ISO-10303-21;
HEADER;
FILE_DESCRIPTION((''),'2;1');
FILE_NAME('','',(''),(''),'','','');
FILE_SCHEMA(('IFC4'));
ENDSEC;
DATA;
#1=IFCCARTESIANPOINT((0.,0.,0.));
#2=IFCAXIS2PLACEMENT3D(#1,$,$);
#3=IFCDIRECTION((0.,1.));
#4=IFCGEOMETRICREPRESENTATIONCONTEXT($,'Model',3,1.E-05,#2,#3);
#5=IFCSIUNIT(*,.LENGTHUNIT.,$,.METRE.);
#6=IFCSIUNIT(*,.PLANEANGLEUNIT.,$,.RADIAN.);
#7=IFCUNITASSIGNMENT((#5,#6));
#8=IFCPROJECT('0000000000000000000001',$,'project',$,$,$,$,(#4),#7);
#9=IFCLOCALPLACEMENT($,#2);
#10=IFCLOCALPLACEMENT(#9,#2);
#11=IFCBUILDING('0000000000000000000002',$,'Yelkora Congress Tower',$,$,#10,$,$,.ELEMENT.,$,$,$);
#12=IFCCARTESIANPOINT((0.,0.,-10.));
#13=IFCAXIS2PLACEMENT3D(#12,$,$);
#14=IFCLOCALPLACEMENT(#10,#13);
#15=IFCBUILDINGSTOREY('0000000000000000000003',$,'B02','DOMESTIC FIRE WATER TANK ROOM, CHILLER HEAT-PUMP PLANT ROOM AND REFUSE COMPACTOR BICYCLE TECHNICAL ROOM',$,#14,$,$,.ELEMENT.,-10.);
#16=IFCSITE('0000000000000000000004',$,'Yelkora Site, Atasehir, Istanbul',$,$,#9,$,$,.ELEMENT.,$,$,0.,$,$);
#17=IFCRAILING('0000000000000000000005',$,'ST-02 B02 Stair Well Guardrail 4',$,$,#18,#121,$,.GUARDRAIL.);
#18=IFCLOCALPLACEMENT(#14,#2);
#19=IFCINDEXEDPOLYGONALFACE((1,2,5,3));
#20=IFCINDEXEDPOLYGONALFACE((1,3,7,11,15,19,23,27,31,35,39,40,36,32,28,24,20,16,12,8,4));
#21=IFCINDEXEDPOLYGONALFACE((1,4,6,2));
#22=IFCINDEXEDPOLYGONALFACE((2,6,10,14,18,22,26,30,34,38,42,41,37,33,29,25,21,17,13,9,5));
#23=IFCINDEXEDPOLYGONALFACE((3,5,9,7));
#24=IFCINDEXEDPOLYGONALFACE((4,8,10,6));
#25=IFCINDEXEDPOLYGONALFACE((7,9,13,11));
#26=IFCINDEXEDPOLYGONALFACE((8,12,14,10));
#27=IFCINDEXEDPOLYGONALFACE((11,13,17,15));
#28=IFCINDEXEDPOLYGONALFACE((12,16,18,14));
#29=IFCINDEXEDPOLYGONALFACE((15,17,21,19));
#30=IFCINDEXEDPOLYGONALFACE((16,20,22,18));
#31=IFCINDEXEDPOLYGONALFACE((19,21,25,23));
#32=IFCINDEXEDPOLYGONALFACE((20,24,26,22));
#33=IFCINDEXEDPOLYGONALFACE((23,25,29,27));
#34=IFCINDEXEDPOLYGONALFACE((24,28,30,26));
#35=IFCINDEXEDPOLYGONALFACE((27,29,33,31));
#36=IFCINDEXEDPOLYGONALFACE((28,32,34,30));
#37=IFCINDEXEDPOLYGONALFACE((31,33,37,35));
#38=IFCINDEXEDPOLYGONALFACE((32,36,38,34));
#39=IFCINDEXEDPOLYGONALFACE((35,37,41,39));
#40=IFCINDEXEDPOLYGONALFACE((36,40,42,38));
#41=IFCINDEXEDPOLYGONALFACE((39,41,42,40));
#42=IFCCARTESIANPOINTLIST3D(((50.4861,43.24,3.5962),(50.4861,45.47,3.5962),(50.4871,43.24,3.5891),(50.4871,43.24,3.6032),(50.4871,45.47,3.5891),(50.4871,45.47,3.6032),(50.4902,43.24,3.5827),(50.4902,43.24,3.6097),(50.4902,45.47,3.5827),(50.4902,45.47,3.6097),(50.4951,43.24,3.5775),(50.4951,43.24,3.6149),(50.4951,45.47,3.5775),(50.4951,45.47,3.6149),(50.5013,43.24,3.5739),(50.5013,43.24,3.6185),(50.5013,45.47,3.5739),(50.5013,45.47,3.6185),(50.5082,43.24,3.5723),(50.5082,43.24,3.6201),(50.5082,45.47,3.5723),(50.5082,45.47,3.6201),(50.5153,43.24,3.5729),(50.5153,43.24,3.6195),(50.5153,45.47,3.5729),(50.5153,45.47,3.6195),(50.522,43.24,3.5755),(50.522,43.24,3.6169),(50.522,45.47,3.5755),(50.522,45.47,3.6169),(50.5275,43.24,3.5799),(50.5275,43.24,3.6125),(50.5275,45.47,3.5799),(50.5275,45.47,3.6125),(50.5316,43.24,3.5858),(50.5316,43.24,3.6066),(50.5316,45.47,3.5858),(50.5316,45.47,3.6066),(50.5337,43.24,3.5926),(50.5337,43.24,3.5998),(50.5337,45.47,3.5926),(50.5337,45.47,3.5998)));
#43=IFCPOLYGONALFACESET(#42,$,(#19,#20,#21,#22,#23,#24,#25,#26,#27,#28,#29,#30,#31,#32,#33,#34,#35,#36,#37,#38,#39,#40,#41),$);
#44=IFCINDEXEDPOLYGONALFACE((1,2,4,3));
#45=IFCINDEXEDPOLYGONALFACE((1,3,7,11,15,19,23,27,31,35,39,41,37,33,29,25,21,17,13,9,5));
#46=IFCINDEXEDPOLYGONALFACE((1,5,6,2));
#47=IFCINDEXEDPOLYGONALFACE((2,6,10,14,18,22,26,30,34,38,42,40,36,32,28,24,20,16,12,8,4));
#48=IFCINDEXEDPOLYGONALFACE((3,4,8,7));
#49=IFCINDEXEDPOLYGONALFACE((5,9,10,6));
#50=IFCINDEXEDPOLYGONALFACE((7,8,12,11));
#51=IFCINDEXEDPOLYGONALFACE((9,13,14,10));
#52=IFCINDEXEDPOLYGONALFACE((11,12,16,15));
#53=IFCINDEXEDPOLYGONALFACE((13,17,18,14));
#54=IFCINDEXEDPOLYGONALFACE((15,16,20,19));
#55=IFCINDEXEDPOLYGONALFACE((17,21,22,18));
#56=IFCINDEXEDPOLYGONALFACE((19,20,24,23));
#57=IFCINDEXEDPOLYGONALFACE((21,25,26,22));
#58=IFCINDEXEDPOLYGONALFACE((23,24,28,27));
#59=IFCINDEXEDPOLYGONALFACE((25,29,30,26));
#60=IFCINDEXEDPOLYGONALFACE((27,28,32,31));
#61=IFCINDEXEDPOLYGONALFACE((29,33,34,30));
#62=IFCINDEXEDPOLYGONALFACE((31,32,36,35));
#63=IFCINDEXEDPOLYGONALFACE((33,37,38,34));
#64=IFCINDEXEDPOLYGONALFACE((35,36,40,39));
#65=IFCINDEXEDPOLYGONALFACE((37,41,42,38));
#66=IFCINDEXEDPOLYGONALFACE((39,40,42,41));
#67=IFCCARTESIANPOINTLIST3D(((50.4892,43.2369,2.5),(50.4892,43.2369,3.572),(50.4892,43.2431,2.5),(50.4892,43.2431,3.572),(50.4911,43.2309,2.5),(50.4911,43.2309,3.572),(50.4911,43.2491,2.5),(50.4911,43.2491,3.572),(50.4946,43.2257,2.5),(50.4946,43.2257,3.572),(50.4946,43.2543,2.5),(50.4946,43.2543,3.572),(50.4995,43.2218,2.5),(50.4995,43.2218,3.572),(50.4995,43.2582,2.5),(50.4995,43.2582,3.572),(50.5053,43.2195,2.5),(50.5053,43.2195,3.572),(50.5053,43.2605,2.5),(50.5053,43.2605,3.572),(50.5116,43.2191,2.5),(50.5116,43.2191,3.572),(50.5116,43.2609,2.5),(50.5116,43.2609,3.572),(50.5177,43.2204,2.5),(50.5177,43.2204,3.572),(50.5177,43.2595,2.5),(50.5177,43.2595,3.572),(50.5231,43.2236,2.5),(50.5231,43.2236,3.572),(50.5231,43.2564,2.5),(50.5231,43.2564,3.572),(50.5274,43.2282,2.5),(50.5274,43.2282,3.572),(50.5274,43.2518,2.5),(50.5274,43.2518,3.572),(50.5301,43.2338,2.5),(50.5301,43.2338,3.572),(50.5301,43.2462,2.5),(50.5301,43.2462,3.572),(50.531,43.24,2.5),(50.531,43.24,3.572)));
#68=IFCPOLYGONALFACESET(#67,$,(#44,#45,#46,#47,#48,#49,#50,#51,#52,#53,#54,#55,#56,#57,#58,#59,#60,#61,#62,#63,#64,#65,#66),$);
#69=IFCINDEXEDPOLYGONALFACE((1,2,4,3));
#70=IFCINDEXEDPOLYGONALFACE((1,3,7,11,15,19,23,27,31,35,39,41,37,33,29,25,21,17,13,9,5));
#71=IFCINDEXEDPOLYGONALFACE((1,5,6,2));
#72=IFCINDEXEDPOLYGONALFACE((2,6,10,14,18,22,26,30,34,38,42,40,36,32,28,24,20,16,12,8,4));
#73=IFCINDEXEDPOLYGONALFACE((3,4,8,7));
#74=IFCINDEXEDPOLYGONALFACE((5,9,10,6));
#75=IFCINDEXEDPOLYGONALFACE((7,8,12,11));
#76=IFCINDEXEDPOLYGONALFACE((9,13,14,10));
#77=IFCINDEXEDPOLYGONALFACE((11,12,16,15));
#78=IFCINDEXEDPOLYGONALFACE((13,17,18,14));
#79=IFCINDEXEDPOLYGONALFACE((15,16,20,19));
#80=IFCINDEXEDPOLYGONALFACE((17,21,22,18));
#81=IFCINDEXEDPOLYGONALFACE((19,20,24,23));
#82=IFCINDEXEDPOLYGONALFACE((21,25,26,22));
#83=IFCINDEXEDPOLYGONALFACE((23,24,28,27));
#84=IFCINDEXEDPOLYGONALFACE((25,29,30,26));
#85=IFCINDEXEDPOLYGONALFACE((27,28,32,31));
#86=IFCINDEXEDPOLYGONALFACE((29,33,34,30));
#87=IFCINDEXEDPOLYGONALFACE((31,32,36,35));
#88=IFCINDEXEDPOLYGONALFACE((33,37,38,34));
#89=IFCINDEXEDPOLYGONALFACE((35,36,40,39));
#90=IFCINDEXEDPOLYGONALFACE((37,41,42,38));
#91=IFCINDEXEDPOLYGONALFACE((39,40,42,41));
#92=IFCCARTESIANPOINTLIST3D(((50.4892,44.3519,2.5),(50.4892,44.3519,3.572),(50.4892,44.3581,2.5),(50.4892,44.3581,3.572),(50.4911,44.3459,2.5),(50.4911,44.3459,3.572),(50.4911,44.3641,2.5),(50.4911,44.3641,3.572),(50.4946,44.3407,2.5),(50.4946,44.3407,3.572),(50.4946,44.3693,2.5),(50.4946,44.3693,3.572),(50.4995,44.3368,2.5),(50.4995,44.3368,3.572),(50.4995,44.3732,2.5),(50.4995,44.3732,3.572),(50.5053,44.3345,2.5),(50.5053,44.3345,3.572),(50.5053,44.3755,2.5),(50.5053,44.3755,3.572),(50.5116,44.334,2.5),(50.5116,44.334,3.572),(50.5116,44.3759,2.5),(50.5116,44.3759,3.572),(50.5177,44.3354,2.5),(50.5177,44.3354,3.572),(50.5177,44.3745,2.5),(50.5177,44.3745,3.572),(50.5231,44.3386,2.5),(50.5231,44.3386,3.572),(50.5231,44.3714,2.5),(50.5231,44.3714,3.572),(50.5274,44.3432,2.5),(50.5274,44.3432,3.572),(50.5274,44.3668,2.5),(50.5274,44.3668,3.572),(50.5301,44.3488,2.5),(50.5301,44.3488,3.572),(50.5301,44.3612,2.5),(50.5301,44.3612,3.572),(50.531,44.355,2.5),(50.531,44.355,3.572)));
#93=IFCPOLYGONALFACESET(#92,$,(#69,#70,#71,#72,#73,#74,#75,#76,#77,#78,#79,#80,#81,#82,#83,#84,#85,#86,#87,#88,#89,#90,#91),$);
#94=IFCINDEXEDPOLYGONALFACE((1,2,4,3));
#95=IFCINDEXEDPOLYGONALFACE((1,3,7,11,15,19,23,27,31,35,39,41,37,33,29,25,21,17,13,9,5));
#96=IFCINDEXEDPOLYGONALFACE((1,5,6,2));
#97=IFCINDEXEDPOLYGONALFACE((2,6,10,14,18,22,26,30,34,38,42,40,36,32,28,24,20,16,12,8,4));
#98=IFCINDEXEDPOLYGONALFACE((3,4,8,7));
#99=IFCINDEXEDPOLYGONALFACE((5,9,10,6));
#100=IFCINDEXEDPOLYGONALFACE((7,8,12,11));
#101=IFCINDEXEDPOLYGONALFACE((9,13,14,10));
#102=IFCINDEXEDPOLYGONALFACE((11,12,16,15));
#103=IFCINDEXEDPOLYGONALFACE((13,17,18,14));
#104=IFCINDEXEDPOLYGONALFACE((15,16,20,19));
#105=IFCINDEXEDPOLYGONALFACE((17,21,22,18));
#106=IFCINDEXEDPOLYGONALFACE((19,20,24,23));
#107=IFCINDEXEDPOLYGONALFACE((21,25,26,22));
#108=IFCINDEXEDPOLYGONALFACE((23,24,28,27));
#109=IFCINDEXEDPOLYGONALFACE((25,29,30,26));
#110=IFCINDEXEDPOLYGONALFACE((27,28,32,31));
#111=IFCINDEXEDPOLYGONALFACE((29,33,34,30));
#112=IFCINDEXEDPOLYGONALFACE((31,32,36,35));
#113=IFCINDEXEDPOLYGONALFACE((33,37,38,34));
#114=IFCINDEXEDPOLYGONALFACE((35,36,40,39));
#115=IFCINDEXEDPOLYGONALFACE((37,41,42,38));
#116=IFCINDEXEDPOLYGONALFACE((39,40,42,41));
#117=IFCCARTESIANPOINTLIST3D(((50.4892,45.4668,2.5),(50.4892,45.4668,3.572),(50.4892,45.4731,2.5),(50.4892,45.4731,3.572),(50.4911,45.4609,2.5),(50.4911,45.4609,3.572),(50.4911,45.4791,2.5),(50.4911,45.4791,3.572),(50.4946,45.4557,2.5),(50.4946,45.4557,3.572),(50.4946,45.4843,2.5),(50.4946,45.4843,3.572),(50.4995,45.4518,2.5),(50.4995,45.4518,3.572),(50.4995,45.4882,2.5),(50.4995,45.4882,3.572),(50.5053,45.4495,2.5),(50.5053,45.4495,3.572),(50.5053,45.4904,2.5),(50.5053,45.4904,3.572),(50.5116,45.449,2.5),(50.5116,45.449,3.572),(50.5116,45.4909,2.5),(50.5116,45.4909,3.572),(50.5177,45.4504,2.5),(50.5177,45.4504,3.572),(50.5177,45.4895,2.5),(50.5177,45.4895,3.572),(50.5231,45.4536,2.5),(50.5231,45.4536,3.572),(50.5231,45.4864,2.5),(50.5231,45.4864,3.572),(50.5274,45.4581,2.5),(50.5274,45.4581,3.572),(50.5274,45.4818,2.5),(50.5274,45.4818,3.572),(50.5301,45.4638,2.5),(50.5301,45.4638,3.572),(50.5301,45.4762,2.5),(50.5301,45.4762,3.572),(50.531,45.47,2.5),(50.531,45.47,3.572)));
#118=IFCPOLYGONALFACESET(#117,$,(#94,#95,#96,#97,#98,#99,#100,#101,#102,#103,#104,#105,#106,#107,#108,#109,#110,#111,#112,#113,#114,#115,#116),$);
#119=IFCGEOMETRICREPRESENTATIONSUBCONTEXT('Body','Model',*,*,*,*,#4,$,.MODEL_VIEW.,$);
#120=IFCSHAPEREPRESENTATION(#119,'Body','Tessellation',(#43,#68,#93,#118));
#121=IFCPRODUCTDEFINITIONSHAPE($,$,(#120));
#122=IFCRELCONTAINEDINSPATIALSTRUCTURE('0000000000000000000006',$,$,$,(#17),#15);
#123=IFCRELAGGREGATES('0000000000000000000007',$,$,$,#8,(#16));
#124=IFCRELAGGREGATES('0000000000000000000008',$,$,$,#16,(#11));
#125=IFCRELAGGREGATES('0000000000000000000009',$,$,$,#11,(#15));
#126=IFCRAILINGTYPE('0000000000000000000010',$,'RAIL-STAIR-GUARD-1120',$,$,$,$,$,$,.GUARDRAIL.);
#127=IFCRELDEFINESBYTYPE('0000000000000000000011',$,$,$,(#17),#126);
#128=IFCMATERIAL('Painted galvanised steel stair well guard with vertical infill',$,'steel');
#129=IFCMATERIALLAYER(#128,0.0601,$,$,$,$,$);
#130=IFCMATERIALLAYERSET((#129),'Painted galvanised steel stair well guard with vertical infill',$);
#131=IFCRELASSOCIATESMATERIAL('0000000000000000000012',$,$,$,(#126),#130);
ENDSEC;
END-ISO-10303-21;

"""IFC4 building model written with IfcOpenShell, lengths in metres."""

from ifc_helpers import new_model, si_unit, direction, frame, origin, origin_2d, place, context, subcontext, project, spatial, circle, extrude, material, layer, layer_set, type_object, element, save


model = new_model("IFC4")

# Units and contexts
model_context = context("Model", 3, precision=1e-05, world=origin(), true_north=direction((0.0, 1.0)))
body_context = subcontext(model_context, "Body", "Model", "MODEL_VIEW")
ifc_project = project(units=[si_unit("LENGTHUNIT", "METRE"), si_unit("PLANEANGLEUNIT", "RADIAN")], contexts=[model_context])

# Site, building, storey
site_placement = place(None, origin())
site = spatial("IfcSite", under=ifc_project, at=site_placement, Name="Yelkora Site, Atasehir, Istanbul", CompositionType="ELEMENT", RefElevation=0.0)
building_placement = place(site_placement, origin())
building = spatial("IfcBuilding", under=site, at=building_placement, Name="Yelkora Congress Tower", CompositionType="ELEMENT")
storey_placement = place(building_placement, frame((0.0, 0.0, -10.0)))
storey = spatial("IfcBuildingStorey", under=building, at=storey_placement, Name="B02", Description="DOMESTIC FIRE WATER TANK ROOM, CHILLER HEAT-PUMP PLANT ROOM AND REFUSE COMPACTOR BICYCLE TECHNICAL ROOM", CompositionType="ELEMENT", Elevation=-10.0)

# Railing
ifc_material_1 = material(Name="Painted galvanised steel stair well guard with vertical infill", Category="steel")
ifc_layer_1 = layer(ifc_material_1, 0.0601)
ifc_layer_set_1 = layer_set([ifc_layer_1], Name="Painted galvanised steel stair well guard with vertical infill")
railing_type_1 = type_object("IfcRailingType", Name="RAIL-STAIR-GUARD-1120", PredefinedType="GUARDRAIL", material=ifc_layer_set_1)
for number, where, name in (
    (1, (50.51, 43.24, 2.5), "ST-02 B02 Stair Well Guardrail 4"),
):
    element("IfcRailing", number, at=place(storey_placement, frame(where)), inside=storey, type_object=railing_type_1, Name=name, PredefinedType="GUARDRAIL", context=body_context, shape_type="SweptSolid", body=[
        extrude(circle(Radius=0.0239, at=origin_2d()), frame((0.0, 0.0, 1.0962), z_axis=(0.0, 1.0, 0.0), x_axis=(-1.0, 0.0, 0.0)), (0.0, 0.0, 1.0), 2.23),
        extrude(circle(Radius=0.021, at=origin_2d()), origin(), (0.0, 0.0, 1.0), 1.072),
        extrude(circle(Radius=0.021, at=origin_2d()), frame((0.0, 1.115, 0.0)), (0.0, 0.0, 1.0), 1.072),
        extrude(circle(Radius=0.021, at=origin_2d()), frame((0.0, 2.23, 0.0)), (0.0, 0.0, 1.0), 1.072),
    ])

save(model, "model.ifc")
